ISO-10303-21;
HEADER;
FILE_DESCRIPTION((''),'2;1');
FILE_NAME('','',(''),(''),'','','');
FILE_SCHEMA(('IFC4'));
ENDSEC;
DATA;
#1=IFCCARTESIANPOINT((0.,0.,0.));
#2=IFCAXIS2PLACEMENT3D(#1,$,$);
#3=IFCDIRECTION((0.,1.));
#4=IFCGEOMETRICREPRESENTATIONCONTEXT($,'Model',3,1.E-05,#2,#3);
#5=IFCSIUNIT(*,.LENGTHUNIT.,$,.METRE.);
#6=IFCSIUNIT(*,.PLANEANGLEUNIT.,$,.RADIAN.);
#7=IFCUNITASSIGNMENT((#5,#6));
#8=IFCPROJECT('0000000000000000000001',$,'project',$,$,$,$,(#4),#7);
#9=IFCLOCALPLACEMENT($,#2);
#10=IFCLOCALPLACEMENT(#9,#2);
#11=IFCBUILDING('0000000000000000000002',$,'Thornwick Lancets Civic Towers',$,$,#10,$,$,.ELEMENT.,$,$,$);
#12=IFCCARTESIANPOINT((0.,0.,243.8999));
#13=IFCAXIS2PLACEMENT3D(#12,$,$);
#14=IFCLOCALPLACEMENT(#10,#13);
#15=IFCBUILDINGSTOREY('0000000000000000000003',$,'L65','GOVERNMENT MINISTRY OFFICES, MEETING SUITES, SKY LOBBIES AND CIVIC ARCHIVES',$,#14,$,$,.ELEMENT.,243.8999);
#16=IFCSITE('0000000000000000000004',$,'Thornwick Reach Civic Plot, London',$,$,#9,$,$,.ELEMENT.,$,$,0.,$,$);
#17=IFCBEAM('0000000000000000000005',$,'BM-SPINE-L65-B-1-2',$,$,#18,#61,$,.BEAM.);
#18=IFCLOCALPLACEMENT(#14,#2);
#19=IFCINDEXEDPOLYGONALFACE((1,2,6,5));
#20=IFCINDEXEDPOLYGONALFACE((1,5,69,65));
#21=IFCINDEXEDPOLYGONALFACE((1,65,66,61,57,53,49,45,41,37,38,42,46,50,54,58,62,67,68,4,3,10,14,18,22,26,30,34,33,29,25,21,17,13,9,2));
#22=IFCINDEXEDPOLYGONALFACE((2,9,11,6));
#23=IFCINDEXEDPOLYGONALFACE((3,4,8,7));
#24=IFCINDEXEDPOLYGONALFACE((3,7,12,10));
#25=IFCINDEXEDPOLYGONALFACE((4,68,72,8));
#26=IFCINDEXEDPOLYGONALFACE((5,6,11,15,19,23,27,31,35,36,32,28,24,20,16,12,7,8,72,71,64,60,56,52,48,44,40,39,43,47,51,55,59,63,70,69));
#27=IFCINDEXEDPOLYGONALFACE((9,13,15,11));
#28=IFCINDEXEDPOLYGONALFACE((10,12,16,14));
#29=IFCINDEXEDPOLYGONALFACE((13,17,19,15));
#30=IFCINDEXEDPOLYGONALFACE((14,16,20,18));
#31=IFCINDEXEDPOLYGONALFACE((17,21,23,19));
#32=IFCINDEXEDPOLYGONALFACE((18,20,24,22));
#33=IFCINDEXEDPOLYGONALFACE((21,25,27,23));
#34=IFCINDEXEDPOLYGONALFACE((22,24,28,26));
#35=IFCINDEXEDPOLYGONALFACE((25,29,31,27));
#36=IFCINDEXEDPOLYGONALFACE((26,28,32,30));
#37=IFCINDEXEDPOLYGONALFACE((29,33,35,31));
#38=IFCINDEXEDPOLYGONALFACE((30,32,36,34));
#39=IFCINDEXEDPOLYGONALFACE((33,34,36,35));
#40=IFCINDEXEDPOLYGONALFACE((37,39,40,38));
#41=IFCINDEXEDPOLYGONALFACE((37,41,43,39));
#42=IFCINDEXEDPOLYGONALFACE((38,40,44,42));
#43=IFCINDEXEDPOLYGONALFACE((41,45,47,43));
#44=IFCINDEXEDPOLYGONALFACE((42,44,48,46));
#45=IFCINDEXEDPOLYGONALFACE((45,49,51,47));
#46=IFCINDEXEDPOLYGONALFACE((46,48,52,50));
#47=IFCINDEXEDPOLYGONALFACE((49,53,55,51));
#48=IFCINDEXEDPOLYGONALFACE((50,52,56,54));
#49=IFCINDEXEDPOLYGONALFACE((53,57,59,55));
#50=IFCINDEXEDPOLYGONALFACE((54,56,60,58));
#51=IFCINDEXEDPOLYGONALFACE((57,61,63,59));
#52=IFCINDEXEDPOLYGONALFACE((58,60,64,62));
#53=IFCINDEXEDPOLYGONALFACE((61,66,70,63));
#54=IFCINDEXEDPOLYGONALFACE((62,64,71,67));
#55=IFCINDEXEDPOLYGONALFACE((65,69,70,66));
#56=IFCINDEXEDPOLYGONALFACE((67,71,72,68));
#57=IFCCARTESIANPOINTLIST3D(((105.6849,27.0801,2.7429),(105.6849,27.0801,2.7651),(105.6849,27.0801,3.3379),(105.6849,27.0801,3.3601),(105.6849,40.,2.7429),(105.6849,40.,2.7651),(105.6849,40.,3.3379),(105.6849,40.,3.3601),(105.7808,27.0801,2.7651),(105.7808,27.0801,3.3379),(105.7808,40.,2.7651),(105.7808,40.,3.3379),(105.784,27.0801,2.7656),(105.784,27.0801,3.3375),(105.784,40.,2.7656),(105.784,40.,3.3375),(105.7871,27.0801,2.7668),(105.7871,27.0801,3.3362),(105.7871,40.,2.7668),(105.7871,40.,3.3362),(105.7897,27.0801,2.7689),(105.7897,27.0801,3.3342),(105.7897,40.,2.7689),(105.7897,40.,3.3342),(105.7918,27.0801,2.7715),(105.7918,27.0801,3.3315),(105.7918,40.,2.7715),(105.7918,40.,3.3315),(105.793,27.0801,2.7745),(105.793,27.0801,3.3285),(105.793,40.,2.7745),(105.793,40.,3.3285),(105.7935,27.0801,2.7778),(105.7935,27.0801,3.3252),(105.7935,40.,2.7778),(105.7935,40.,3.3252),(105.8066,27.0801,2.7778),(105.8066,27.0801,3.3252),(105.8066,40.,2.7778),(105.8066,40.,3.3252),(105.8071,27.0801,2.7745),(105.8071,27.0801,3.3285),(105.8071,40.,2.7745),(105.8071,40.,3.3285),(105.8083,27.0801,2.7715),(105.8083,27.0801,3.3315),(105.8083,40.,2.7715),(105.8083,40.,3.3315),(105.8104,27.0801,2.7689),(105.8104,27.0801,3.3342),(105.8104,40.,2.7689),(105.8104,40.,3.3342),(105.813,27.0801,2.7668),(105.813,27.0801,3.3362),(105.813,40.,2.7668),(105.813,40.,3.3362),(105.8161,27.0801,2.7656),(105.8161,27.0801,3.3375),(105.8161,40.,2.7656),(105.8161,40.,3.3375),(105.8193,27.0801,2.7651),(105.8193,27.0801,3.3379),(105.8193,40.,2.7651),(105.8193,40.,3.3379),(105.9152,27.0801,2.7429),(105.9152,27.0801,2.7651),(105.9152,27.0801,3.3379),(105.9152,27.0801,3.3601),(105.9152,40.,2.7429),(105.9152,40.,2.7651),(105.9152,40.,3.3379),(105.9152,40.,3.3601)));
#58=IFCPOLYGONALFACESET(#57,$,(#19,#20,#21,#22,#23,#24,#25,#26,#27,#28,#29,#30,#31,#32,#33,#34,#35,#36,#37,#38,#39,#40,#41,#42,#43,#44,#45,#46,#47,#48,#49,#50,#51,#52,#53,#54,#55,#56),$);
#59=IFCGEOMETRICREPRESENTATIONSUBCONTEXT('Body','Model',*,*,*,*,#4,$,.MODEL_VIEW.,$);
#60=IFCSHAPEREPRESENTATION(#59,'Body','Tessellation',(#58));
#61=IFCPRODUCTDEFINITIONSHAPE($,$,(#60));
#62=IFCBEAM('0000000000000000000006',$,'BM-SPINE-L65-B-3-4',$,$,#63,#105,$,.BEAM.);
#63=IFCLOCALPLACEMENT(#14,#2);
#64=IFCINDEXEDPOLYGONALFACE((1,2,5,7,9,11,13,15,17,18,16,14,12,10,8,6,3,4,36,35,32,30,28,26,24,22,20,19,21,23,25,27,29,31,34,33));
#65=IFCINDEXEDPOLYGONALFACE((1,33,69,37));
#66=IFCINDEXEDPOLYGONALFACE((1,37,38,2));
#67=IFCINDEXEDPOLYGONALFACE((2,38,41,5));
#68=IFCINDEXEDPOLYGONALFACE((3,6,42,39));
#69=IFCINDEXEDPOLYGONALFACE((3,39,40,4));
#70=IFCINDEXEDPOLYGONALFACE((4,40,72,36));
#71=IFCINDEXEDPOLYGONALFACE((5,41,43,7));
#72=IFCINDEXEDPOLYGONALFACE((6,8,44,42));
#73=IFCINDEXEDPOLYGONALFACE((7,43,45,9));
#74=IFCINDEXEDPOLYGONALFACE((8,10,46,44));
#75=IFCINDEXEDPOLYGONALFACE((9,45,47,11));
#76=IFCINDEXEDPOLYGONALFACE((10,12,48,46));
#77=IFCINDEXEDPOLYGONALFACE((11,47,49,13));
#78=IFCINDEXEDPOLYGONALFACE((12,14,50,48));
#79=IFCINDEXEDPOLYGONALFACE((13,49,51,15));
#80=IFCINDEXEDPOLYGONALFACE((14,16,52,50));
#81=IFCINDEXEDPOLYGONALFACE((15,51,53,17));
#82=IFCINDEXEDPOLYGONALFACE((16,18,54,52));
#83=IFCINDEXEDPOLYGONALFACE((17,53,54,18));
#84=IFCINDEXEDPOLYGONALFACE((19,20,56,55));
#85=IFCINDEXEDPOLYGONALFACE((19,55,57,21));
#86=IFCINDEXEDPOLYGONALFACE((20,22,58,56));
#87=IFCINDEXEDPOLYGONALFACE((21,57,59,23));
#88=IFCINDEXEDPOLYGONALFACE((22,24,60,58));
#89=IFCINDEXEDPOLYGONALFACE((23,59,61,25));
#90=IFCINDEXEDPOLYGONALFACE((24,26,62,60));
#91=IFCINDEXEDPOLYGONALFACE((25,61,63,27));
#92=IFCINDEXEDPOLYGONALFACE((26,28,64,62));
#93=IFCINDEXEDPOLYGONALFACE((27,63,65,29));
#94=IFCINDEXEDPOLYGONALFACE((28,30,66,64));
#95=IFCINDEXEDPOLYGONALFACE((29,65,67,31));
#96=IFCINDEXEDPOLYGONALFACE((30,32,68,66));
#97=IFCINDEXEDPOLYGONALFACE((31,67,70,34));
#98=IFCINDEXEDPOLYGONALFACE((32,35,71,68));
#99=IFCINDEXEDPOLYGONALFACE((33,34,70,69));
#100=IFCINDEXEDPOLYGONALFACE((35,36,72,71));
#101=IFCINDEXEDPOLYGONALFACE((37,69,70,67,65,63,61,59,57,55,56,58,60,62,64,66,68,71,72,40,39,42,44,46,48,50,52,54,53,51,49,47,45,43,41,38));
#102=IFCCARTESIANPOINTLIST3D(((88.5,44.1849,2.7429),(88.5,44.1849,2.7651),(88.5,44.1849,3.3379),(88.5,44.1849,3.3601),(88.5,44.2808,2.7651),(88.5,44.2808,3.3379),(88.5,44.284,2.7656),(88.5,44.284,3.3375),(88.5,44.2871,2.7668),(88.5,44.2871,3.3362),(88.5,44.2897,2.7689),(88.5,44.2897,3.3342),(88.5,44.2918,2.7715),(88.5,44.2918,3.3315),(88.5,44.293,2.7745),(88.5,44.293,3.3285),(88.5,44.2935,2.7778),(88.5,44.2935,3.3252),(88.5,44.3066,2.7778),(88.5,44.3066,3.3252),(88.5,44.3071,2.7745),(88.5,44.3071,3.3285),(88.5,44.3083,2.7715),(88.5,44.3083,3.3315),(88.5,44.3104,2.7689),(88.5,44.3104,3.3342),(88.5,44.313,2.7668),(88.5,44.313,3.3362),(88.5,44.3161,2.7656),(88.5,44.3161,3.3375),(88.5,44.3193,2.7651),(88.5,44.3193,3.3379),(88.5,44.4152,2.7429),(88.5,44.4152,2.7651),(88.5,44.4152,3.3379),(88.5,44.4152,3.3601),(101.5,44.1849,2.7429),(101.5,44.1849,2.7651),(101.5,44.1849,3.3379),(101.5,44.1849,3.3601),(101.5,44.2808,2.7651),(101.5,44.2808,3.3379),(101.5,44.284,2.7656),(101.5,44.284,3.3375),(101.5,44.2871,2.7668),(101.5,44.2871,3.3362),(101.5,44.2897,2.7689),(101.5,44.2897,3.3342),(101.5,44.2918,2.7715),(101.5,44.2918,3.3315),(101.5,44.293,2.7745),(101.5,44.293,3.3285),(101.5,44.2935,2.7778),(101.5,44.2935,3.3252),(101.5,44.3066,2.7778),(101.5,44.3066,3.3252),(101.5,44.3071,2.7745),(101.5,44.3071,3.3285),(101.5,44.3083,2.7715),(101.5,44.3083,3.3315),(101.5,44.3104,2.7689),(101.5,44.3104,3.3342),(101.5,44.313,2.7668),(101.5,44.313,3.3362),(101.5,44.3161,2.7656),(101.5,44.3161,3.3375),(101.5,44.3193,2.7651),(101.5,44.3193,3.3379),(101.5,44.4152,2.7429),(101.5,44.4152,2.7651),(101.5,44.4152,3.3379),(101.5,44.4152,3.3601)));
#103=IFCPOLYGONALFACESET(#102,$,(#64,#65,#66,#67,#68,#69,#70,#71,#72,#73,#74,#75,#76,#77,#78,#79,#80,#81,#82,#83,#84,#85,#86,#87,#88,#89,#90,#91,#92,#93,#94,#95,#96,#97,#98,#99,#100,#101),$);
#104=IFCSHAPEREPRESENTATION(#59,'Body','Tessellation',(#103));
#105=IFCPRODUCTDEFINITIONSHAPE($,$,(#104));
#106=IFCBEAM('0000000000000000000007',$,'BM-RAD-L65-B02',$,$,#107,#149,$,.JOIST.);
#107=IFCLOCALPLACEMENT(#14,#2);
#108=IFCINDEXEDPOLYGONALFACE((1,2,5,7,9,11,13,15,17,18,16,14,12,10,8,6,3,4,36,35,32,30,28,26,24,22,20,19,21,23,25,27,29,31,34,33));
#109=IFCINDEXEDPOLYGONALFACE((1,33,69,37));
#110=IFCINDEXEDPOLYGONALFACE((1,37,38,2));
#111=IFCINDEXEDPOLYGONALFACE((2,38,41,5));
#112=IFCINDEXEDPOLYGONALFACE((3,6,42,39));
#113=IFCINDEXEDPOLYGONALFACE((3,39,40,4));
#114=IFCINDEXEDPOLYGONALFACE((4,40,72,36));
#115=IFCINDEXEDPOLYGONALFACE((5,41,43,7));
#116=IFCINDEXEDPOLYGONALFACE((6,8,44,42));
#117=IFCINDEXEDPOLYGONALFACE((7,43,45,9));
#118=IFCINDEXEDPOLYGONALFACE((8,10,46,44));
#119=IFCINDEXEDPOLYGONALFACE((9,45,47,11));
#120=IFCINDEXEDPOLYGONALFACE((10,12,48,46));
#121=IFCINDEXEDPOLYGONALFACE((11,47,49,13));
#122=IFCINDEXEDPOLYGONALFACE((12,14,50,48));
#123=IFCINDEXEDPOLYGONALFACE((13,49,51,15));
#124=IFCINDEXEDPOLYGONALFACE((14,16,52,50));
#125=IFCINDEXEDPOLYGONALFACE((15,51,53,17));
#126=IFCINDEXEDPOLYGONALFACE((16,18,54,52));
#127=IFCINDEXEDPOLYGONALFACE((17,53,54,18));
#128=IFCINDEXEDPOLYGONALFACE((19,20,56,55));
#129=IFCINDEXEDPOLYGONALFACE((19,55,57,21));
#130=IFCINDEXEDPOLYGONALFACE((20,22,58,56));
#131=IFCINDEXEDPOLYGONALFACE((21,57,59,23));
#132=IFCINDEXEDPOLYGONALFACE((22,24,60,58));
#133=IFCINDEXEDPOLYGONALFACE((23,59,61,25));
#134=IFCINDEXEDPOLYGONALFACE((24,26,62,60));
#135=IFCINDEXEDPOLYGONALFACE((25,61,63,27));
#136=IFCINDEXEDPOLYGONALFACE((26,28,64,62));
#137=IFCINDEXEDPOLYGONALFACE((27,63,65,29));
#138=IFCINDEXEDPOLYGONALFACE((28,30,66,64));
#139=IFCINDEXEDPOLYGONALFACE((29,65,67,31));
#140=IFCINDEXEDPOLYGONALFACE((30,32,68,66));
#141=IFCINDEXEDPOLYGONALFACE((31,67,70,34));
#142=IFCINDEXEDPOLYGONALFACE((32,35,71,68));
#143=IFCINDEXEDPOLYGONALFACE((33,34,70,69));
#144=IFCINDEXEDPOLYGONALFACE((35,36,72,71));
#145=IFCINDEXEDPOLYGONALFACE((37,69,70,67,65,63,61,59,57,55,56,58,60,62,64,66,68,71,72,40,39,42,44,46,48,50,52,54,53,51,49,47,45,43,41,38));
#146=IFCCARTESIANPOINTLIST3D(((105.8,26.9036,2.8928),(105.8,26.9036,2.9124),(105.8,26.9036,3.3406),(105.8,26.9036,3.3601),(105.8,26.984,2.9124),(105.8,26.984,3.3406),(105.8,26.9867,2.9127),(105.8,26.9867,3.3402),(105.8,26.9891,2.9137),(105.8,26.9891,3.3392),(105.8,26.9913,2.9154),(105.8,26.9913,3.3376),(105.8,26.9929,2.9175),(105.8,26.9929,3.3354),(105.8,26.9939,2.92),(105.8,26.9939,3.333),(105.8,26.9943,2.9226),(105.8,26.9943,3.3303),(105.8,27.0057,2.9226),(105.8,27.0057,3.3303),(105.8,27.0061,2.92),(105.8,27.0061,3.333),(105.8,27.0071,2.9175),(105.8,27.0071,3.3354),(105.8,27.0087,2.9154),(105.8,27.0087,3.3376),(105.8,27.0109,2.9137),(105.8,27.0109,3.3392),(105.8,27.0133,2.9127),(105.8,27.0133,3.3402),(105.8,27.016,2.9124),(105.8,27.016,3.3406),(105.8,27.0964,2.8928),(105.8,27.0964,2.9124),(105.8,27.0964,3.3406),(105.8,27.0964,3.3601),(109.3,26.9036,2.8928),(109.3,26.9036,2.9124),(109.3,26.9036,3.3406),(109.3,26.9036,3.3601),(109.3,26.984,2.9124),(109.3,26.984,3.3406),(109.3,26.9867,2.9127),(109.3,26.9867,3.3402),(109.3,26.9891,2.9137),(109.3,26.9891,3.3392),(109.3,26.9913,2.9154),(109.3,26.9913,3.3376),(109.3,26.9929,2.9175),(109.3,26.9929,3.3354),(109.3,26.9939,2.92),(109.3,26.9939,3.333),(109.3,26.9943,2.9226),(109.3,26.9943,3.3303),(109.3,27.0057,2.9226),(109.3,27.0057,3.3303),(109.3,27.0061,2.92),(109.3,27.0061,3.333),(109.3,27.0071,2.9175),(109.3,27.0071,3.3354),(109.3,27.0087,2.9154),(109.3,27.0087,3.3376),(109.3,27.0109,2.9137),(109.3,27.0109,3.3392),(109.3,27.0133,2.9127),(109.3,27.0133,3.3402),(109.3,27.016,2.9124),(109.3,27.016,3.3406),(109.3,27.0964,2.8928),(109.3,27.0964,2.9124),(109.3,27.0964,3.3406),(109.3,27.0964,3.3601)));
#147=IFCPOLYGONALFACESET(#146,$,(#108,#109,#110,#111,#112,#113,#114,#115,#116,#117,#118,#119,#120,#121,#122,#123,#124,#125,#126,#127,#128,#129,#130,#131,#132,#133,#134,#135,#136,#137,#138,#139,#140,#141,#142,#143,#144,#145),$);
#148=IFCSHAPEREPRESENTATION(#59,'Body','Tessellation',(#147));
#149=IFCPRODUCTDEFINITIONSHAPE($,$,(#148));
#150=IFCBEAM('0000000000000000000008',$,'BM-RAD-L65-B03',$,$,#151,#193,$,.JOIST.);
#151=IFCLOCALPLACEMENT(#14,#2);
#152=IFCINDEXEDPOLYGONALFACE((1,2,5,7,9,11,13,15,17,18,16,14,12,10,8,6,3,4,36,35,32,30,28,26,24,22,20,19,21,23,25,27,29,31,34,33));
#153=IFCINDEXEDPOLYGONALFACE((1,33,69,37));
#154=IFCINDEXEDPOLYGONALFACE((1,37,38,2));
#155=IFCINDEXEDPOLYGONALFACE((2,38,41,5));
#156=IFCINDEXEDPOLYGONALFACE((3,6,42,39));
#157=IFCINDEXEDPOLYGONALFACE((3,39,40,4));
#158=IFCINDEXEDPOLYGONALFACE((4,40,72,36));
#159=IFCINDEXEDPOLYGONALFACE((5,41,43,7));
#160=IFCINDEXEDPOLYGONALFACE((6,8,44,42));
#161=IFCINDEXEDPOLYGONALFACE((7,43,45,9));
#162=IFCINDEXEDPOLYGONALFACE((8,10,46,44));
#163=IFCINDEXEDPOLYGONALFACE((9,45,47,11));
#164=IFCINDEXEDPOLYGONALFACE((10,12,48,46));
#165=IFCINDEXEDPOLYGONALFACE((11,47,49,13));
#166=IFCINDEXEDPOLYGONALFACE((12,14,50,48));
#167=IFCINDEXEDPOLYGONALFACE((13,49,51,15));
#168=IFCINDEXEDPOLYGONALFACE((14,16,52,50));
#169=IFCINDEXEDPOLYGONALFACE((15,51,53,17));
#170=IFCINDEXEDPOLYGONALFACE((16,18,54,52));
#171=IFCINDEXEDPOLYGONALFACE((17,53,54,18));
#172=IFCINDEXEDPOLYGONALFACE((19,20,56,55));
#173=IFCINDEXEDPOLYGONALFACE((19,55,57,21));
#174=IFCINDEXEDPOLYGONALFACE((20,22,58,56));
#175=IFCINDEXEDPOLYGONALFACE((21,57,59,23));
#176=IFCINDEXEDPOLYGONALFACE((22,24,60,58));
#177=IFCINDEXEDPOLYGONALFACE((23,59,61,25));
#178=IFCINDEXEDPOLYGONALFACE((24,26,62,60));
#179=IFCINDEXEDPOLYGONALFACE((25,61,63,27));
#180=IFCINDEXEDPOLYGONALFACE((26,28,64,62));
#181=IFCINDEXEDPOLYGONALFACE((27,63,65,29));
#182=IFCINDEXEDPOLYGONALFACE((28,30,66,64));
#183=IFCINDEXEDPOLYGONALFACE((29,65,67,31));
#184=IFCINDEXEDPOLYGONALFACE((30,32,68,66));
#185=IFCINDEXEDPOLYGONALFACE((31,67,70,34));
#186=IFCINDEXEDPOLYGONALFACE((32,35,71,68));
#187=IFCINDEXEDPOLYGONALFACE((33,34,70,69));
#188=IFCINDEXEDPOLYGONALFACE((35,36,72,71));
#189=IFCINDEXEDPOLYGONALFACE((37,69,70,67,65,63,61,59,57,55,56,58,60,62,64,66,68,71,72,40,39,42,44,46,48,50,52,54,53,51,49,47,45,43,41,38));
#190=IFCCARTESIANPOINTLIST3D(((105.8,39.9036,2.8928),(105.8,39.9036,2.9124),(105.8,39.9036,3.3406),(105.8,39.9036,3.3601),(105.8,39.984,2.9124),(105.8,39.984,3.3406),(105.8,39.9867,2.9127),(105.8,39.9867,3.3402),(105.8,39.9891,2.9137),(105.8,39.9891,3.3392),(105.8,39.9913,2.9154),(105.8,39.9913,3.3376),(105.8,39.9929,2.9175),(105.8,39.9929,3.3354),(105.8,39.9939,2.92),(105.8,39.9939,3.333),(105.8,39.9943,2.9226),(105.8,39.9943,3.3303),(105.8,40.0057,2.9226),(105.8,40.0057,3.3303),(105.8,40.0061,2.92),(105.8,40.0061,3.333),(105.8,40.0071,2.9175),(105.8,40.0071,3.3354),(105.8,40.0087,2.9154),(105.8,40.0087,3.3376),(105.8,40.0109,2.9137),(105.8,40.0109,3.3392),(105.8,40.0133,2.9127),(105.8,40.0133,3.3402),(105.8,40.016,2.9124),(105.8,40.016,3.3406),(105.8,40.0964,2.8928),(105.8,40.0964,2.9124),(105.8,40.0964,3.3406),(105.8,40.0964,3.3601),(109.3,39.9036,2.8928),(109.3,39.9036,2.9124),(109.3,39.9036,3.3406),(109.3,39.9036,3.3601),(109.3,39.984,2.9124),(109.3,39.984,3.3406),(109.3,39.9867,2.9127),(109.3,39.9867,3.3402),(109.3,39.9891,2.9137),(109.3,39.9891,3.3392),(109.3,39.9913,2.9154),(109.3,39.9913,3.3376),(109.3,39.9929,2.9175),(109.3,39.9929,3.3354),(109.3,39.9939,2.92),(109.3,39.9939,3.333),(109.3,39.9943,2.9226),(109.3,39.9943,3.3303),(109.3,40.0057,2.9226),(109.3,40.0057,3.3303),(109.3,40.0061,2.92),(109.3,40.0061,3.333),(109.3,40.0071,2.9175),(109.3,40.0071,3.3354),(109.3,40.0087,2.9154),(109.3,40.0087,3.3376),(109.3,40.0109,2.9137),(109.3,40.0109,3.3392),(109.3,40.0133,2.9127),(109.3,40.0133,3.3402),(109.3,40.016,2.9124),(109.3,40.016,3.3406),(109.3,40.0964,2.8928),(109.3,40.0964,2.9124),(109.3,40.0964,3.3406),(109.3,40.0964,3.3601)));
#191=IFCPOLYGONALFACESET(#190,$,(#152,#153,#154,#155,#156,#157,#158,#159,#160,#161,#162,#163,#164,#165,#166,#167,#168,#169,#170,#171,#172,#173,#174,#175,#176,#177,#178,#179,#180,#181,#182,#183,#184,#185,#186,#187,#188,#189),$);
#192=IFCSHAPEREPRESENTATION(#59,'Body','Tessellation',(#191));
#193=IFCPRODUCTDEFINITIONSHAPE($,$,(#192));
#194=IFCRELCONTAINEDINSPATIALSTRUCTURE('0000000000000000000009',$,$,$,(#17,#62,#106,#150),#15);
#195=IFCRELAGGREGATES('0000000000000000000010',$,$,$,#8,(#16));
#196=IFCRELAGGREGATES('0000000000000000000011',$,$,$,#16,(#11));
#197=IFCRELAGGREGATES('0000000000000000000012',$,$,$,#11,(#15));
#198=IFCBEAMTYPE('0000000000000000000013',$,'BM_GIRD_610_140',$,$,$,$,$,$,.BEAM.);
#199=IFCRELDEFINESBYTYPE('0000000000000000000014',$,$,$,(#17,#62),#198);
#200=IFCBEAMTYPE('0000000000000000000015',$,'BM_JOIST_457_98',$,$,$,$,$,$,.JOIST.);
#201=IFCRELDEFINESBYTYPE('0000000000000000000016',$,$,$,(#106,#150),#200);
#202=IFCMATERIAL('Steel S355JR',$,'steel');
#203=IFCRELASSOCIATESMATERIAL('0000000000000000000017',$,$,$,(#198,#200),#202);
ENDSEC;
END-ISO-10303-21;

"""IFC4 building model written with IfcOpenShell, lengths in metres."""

from ifc_helpers import new_model, si_unit, direction, frame, origin, origin_2d, place, context, subcontext, project, spatial, i_section, extrude, material, material_profile, profile_set, type_object, element, save


model = new_model("IFC4")

# Units and contexts
model_context = context("Model", 3, precision=1e-05, world=origin(), true_north=direction((0.0, 1.0)))
body_context = subcontext(model_context, "Body", "Model", "MODEL_VIEW")
ifc_project = project(units=[si_unit("LENGTHUNIT", "METRE"), si_unit("PLANEANGLEUNIT", "RADIAN")], contexts=[model_context])

# Site, building, storey
site_placement = place(None, origin())
site = spatial("IfcSite", under=ifc_project, at=site_placement, Name="Thornwick Reach Civic Plot, London", CompositionType="ELEMENT", RefElevation=0.0)
building_placement = place(site_placement, origin())
building = spatial("IfcBuilding", under=site, at=building_placement, Name="Thornwick Lancets Civic Towers", CompositionType="ELEMENT")
storey_placement = place(building_placement, frame((0.0, 0.0, 243.8999)))
storey = spatial("IfcBuildingStorey", under=building, at=storey_placement, Name="L65", Description="GOVERNMENT MINISTRY OFFICES, MEETING SUITES, SKY LOBBIES AND CIVIC ARCHIVES", CompositionType="ELEMENT", Elevation=243.8999)

# Shared definitions
ifc_material_1 = material(Name="Steel S355JR", Category="steel")

# Beams
ifc_material_profile_1 = material_profile(ifc_material_1, i_section(OverallWidth=0.2302, OverallDepth=0.6172, WebThickness=0.0132, FlangeThickness=0.0222, FilletRadius=0.0127, at=origin_2d()), Name="UKB 610x229x140")
ifc_profile_set_1 = profile_set([ifc_material_profile_1], Name="Steel S355JR")
beam_type_1 = type_object("IfcBeamType", Name="BM_GIRD_610_140", PredefinedType="BEAM", material=ifc_profile_set_1)
beam_1_placement = place(storey_placement, frame((105.8, 27.0801, 3.0515), z_axis=(0.0, 1.0, 0.0), x_axis=(-1.0, 0.0, 0.0)))
element("IfcBeam", 1, at=beam_1_placement, inside=storey, type_object=beam_type_1, Name="BM-SPINE-L65-B-1-2", PredefinedType="BEAM", context=body_context, shape_type="SweptSolid", body=[
    extrude(i_section(OverallWidth=0.2302, OverallDepth=0.6172, WebThickness=0.0132, FlangeThickness=0.0222, FilletRadius=0.0127, at=origin_2d()), origin(), (0.0, 0.0, 1.0), 12.9199),
])
beam_2_placement = place(storey_placement, frame((101.5, 44.3, 3.0515), z_axis=(-1.0, 0.0, 0.0), x_axis=(0.0, -1.0, 0.0)))
element("IfcBeam", 2, at=beam_2_placement, inside=storey, type_object=beam_type_1, Name="BM-SPINE-L65-B-3-4", PredefinedType="BEAM", context=body_context, shape_type="SweptSolid", body=[
    extrude(i_section(OverallWidth=0.2302, OverallDepth=0.6172, WebThickness=0.0132, FlangeThickness=0.0222, FilletRadius=0.0127, at=origin_2d()), origin(), (0.0, 0.0, 1.0), 13.0),
])
ifc_material_profile_2 = material_profile(ifc_material_1, i_section(OverallWidth=0.1929, OverallDepth=0.4673, WebThickness=0.0115, FlangeThickness=0.0195, FilletRadius=0.0103, at=origin_2d()), Name="UKB 457x191x98")
ifc_profile_set_2 = profile_set([ifc_material_profile_2], Name="Steel S355JR")
beam_type_2 = type_object("IfcBeamType", Name="BM_JOIST_457_98", PredefinedType="JOIST", material=ifc_profile_set_2)
for number, where, z_axis, x_axis, name in (
    (3, (105.8, 27.0, 3.1265), (1.0, 0.0, 0.0), (0.0, 1.0, 0.0), "BM-RAD-L65-B02"),
    (4, (105.8, 40.0, 3.1265), (1.0, 0.0, 0.0), (0.0, 1.0, 0.0), "BM-RAD-L65-B03"),
):
    element("IfcBeam", number, at=place(storey_placement, frame(where, z_axis=z_axis, x_axis=x_axis)), inside=storey, type_object=beam_type_2, Name=name, PredefinedType="JOIST", context=body_context, shape_type="SweptSolid", body=[
        extrude(i_section(OverallWidth=0.1929, OverallDepth=0.4673, WebThickness=0.0115, FlangeThickness=0.0195, FilletRadius=0.0103, at=origin_2d()), origin(), (0.0, 0.0, 1.0), 3.5),
    ])

save(model, "model.ifc")
